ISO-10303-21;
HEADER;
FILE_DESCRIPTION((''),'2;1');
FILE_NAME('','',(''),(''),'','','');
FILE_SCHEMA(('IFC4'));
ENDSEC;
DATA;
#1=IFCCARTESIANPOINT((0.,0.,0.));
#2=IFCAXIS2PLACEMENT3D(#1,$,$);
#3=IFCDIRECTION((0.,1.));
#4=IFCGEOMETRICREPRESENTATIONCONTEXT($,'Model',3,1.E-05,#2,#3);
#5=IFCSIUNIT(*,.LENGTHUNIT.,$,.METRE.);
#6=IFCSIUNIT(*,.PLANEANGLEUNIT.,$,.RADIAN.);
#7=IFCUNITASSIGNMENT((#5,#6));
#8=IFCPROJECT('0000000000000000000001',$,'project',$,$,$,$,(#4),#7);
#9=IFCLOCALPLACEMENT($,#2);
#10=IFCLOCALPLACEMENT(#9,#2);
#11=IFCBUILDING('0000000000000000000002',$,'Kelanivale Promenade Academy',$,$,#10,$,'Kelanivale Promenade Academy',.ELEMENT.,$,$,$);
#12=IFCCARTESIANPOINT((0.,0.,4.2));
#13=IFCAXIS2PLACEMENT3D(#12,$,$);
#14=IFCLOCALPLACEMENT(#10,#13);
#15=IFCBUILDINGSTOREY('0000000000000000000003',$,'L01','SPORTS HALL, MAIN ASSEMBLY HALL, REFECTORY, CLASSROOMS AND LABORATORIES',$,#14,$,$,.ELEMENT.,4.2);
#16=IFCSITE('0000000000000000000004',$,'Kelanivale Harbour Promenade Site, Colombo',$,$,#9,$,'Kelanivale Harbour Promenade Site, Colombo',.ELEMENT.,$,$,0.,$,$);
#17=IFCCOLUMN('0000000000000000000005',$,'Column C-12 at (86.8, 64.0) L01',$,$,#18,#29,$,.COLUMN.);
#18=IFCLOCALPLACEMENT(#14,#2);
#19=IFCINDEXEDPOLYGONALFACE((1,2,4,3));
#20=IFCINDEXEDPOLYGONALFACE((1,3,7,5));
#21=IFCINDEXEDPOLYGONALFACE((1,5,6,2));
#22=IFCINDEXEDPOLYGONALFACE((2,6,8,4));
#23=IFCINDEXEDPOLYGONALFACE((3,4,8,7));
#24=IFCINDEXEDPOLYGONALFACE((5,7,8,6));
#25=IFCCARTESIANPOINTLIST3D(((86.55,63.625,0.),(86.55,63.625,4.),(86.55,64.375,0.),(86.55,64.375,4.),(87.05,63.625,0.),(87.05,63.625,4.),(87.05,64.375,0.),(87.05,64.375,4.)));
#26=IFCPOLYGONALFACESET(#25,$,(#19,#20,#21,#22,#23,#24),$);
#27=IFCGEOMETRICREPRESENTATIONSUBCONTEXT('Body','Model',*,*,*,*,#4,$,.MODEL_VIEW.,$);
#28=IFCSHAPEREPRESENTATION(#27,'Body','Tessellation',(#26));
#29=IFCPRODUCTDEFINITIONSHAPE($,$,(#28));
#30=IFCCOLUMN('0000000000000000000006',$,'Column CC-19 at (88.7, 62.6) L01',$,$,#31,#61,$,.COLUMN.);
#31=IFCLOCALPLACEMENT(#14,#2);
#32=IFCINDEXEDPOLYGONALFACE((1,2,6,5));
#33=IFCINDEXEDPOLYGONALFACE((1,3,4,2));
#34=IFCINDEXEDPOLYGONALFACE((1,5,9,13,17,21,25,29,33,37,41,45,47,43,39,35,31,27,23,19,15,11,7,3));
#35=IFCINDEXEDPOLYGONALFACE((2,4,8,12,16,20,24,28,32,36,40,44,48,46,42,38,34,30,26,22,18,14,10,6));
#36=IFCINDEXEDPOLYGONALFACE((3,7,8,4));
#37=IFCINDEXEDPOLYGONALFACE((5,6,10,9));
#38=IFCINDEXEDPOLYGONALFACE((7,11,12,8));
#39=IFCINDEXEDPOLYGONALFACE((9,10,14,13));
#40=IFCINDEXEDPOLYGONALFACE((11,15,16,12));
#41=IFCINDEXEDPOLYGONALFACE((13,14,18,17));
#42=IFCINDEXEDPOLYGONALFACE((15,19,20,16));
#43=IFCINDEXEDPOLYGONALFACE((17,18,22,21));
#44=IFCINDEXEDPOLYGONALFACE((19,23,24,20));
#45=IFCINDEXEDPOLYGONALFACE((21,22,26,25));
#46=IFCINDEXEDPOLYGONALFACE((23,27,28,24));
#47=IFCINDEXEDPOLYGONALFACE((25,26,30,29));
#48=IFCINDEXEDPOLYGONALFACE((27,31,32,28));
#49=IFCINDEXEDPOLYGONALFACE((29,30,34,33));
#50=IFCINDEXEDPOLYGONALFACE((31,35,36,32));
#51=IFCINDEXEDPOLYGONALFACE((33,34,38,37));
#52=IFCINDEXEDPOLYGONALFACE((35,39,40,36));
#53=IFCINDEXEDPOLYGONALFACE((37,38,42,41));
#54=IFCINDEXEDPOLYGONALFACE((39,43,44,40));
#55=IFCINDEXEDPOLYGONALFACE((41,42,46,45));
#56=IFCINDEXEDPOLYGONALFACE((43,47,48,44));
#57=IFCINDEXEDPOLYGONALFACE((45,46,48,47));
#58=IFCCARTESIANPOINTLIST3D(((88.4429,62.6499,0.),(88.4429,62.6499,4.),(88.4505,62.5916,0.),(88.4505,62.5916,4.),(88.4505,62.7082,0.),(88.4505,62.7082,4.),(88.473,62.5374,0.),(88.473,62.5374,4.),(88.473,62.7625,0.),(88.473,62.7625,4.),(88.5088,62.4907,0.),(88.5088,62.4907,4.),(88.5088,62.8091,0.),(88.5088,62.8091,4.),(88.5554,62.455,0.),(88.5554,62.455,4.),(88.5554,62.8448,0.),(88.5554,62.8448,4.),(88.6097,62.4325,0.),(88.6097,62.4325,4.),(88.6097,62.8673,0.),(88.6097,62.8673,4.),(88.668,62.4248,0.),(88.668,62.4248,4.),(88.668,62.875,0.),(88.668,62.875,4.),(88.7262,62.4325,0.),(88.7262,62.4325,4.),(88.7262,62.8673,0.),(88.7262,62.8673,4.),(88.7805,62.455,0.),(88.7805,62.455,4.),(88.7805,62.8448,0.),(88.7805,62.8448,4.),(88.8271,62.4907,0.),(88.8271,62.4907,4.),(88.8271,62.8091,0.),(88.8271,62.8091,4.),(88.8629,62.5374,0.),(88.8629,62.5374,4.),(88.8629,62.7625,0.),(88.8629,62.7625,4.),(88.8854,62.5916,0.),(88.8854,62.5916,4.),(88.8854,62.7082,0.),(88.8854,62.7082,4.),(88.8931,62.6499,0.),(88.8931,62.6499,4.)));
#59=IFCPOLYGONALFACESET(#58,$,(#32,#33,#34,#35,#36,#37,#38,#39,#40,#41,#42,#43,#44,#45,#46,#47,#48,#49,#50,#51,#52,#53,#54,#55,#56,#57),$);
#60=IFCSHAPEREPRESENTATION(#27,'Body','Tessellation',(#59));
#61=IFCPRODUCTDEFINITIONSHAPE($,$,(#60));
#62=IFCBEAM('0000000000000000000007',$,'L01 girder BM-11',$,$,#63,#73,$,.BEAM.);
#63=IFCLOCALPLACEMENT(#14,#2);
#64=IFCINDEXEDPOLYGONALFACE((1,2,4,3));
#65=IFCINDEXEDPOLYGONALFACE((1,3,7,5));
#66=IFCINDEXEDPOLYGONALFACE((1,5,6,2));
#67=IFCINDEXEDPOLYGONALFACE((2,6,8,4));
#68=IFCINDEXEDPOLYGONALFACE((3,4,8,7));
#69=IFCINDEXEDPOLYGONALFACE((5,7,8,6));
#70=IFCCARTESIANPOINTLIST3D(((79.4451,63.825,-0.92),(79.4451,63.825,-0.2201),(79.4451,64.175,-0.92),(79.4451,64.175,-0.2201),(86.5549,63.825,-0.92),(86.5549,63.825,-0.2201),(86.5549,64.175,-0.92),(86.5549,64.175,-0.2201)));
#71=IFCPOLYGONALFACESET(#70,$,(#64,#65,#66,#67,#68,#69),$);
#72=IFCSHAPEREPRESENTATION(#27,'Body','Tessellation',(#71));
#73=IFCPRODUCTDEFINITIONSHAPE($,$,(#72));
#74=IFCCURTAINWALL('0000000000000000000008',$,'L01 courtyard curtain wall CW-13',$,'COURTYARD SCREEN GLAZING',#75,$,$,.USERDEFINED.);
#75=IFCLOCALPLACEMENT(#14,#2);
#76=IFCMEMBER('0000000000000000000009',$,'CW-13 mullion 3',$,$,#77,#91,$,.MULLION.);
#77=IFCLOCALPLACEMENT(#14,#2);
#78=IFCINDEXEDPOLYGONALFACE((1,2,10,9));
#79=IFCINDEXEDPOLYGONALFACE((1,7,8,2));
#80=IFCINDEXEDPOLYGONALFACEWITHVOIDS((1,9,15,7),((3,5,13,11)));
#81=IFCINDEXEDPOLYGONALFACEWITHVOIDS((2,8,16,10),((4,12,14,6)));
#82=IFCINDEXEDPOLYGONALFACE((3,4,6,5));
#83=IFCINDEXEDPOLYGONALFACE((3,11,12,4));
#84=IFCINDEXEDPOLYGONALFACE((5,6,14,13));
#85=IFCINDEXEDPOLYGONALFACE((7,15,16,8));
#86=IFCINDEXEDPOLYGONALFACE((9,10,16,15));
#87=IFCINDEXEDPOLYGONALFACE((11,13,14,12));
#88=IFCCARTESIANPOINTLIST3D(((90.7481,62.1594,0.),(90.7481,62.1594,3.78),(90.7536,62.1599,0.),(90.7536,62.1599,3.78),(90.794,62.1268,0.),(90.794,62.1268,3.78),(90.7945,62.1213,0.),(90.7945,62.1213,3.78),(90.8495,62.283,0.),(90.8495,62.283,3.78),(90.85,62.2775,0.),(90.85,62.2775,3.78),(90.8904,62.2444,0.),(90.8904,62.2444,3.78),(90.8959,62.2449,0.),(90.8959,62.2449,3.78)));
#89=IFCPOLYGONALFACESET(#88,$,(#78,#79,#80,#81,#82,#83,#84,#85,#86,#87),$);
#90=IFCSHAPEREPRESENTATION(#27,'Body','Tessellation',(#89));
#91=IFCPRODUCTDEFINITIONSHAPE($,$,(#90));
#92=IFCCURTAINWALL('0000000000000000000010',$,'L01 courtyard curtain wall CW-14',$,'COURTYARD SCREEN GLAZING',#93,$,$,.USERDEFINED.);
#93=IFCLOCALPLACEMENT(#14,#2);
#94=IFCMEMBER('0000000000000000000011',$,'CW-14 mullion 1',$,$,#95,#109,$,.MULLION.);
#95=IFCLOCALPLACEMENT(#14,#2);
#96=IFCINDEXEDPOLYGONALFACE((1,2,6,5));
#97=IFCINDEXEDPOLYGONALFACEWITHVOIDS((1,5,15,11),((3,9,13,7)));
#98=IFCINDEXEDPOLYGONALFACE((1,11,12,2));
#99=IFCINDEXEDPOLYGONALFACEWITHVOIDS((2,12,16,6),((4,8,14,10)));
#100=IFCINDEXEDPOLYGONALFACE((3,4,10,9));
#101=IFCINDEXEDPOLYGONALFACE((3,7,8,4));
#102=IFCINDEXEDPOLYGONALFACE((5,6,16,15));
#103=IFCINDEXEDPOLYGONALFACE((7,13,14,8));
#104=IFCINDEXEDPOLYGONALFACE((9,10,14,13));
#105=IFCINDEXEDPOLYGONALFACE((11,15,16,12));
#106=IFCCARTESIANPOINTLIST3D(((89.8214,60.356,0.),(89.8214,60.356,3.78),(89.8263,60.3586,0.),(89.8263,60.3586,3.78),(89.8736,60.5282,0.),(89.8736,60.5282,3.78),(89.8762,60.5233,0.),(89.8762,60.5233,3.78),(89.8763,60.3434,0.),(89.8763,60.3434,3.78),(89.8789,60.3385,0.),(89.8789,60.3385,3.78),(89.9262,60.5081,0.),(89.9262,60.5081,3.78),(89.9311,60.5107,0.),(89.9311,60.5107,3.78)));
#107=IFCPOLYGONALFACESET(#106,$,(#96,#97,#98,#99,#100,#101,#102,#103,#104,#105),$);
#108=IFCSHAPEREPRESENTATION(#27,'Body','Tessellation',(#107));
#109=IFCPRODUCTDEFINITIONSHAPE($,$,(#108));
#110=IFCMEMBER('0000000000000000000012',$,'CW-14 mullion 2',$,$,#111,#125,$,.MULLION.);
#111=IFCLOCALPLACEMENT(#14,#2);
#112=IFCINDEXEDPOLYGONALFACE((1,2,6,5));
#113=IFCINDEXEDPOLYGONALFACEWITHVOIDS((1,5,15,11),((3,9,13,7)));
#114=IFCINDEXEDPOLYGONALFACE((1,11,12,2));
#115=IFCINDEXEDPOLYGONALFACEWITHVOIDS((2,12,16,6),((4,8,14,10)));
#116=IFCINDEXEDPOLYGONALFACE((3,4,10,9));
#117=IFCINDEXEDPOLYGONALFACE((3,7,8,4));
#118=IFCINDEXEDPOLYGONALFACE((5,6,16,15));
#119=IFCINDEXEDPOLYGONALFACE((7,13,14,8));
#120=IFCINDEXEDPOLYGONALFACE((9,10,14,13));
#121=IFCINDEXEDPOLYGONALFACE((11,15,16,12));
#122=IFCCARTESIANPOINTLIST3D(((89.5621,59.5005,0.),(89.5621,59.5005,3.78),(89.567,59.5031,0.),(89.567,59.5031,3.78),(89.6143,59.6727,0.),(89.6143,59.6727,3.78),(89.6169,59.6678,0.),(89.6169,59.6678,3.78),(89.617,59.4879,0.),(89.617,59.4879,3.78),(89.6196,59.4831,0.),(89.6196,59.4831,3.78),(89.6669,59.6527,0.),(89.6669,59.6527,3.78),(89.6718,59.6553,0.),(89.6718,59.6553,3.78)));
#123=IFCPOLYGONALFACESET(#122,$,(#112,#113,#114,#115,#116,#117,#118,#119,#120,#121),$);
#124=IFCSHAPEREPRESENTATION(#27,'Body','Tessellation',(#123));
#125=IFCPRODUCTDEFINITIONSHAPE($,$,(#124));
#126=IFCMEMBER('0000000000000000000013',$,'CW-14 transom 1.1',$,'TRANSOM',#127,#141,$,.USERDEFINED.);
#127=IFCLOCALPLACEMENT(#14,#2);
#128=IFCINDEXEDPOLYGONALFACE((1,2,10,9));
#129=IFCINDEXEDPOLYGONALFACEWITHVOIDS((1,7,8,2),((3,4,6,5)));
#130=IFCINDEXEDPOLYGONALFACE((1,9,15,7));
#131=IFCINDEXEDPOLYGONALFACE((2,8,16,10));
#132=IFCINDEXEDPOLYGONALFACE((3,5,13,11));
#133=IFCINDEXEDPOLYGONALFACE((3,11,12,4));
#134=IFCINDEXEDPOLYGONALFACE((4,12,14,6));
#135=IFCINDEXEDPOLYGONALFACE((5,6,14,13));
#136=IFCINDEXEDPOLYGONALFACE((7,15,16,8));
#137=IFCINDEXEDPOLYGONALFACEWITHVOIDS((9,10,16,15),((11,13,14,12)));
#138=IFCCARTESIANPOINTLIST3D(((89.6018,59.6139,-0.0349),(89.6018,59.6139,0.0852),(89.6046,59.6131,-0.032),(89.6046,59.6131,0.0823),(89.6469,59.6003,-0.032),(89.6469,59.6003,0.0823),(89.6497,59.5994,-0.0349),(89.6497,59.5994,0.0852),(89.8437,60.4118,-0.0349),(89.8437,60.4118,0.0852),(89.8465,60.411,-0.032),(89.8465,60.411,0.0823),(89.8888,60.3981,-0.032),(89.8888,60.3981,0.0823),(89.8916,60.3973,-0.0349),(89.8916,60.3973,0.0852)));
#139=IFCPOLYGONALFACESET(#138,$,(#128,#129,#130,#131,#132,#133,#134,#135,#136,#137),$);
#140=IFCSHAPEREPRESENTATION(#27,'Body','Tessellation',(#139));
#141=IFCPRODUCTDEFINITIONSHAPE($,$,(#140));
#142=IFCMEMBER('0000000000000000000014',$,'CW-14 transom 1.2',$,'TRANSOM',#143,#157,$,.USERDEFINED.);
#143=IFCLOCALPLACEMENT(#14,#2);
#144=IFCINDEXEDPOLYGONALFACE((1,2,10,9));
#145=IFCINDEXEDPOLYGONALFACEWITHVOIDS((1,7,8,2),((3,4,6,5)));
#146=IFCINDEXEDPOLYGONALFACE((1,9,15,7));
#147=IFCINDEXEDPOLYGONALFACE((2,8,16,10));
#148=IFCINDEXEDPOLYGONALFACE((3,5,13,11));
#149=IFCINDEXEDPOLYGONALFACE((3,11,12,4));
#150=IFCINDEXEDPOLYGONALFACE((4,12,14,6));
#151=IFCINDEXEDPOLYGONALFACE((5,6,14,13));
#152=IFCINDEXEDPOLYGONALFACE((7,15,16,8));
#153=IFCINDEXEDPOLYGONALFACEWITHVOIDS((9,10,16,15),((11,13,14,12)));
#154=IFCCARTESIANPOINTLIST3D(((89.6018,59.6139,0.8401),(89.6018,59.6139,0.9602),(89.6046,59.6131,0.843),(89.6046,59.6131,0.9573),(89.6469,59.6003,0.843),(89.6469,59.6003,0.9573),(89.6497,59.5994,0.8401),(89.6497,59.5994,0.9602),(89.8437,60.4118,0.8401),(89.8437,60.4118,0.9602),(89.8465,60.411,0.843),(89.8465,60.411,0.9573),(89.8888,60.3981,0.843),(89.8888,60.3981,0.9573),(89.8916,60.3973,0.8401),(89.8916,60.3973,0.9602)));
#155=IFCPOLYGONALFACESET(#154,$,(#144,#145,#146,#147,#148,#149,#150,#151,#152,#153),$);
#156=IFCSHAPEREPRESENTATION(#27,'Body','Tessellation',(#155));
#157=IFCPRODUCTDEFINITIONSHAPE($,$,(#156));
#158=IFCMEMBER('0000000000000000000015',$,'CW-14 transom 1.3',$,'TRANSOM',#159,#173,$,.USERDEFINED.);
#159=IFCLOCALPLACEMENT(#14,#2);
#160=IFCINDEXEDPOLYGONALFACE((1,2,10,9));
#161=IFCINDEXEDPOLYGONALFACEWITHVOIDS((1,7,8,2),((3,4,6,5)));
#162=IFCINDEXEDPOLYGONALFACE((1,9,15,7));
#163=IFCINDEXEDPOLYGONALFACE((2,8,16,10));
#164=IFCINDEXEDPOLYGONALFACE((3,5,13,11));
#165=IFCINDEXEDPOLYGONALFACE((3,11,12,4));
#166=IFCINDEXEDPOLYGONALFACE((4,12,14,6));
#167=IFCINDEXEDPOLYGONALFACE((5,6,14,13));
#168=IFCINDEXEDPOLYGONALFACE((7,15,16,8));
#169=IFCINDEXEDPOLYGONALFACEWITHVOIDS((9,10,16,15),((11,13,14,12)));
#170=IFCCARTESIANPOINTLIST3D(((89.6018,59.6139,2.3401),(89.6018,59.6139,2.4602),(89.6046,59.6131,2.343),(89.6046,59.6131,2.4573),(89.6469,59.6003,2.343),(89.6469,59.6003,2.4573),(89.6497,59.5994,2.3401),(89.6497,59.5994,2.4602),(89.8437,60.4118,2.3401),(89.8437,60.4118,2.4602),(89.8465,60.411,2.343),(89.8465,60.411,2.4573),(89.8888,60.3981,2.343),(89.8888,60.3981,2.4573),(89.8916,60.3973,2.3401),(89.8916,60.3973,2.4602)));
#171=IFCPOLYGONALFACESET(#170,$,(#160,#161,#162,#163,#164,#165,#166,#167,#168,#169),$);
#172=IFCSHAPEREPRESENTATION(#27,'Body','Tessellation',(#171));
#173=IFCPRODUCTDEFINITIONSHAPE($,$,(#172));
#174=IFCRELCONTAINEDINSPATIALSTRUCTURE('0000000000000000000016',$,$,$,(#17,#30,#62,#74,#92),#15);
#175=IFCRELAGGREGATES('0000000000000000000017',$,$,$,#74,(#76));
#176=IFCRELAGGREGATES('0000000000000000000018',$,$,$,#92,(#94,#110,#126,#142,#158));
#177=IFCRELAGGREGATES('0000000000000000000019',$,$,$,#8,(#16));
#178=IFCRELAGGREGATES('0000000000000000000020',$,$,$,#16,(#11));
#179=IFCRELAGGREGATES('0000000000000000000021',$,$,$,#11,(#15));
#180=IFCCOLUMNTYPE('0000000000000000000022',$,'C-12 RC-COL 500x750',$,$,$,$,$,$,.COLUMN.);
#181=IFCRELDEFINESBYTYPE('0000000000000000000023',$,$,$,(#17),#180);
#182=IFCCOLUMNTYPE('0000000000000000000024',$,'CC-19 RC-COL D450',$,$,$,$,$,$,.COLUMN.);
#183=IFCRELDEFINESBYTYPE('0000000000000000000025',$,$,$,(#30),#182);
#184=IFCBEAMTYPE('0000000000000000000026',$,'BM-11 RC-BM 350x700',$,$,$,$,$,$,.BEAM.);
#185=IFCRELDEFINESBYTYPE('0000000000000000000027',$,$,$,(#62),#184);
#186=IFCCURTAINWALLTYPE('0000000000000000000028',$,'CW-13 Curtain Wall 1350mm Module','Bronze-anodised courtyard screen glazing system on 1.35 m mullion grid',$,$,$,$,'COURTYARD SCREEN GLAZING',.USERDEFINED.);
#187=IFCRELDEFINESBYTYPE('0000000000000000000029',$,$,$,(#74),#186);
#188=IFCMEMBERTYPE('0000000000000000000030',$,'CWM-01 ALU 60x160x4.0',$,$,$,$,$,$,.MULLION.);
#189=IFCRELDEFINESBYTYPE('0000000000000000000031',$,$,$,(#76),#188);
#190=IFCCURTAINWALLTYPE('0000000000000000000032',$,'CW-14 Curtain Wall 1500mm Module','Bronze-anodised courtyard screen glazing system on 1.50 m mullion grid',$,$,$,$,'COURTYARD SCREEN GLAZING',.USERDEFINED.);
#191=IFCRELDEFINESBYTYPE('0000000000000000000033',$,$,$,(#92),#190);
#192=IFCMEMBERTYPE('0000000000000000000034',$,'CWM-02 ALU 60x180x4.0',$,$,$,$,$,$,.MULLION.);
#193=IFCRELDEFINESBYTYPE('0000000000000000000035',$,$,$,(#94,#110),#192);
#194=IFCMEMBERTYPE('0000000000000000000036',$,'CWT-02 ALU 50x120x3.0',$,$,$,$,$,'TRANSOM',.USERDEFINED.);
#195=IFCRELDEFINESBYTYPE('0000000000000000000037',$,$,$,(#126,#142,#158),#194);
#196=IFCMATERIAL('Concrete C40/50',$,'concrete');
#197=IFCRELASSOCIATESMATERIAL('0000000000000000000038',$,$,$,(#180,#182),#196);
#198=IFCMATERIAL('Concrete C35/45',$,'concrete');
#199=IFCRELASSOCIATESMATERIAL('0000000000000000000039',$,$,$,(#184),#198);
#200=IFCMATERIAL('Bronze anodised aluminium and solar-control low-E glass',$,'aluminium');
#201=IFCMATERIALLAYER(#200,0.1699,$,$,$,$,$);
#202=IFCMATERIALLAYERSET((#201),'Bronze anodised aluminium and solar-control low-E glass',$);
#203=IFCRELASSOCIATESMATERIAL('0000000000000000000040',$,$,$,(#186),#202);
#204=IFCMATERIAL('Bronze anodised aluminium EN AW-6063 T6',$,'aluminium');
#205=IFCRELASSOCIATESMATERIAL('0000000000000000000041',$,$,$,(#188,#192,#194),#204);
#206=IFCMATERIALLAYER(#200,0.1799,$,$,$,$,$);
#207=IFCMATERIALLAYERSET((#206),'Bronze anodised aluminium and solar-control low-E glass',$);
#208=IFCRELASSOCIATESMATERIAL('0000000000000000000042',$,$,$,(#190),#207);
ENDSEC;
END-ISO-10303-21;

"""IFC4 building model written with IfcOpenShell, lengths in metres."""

from ifc_helpers import new_model, si_unit, direction, frame, origin, origin_2d, place, context, subcontext, project, spatial, rectangle, hollow_rectangle, circle, extrude, material, layer, layer_set, material_profile, profile_set, type_object, element, aggregate, save


model = new_model("IFC4")

# Units and contexts
model_context = context("Model", 3, precision=1e-05, world=origin(), true_north=direction((0.0, 1.0)))
body_context = subcontext(model_context, "Body", "Model", "MODEL_VIEW")
ifc_project = project(units=[si_unit("LENGTHUNIT", "METRE"), si_unit("PLANEANGLEUNIT", "RADIAN")], contexts=[model_context])

# Site, building, storey
site_placement = place(None, origin())
site = spatial("IfcSite", under=ifc_project, at=site_placement, Name="Kelanivale Harbour Promenade Site, Colombo", LongName="Kelanivale Harbour Promenade Site, Colombo", CompositionType="ELEMENT", RefElevation=0.0)
building_placement = place(site_placement, origin())
building = spatial("IfcBuilding", under=site, at=building_placement, Name="Kelanivale Promenade Academy", LongName="Kelanivale Promenade Academy", CompositionType="ELEMENT")
storey_placement = place(building_placement, frame((0.0, 0.0, 4.2)))
storey = spatial("IfcBuildingStorey", under=building, at=storey_placement, Name="L01", Description="SPORTS HALL, MAIN ASSEMBLY HALL, REFECTORY, CLASSROOMS AND LABORATORIES", CompositionType="ELEMENT", Elevation=4.2)

# Columns
ifc_material_1 = material(Name="Concrete C40/50", Category="concrete")
ifc_material_profile_1 = material_profile(ifc_material_1, rectangle(XDim=0.5, YDim=0.75, at=origin_2d()), Name="RC-COL 500x750")
ifc_profile_set_1 = profile_set([ifc_material_profile_1], Name="Concrete C40/50")
column_type_1 = type_object("IfcColumnType", Name="C-12 RC-COL 500x750", PredefinedType="COLUMN", material=ifc_profile_set_1)
column_1_placement = place(storey_placement, frame((86.8, 64.0, 0.0), z_axis=(0.0, 0.0, 1.0), x_axis=(1.0, 0.0, 0.0)))
element("IfcColumn", 1, at=column_1_placement, inside=storey, type_object=column_type_1, Name="Column C-12 at (86.8, 64.0) L01", PredefinedType="COLUMN", context=body_context, shape_type="SweptSolid", body=[
    extrude(rectangle(XDim=0.5, YDim=0.75, at=origin_2d()), origin(), (0.0, 0.0, 1.0), 4.0),
])
ifc_material_profile_2 = material_profile(ifc_material_1, circle(Radius=0.2251, at=origin_2d()), Name="RC-COL D450")
ifc_profile_set_2 = profile_set([ifc_material_profile_2], Name="Concrete C40/50")
column_type_2 = type_object("IfcColumnType", Name="CC-19 RC-COL D450", PredefinedType="COLUMN", material=ifc_profile_set_2)
column_2_placement = place(storey_placement, frame((88.668, 62.6499, 0.0), z_axis=(0.0, 0.0, 1.0), x_axis=(1.0, 0.0, 0.0)))
element("IfcColumn", 2, at=column_2_placement, inside=storey, type_object=column_type_2, Name="Column CC-19 at (88.7, 62.6) L01", PredefinedType="COLUMN", context=body_context, shape_type="SweptSolid", body=[
    extrude(circle(Radius=0.2251, at=origin_2d()), origin(), (0.0, 0.0, 1.0), 4.0),
])

# Beam
ifc_material_2 = material(Name="Concrete C35/45", Category="concrete")
ifc_material_profile_3 = material_profile(ifc_material_2, rectangle(XDim=0.3501, YDim=0.7, at=origin_2d()), Name="RC-BM 350x700")
ifc_profile_set_3 = profile_set([ifc_material_profile_3], Name="Concrete C35/45")
beam_type_1 = type_object("IfcBeamType", Name="BM-11 RC-BM 350x700", PredefinedType="BEAM", material=ifc_profile_set_3)
beam_1_placement = place(storey_placement, frame((79.4451, 64.0, -0.5701), z_axis=(1.0, 0.0, 0.0), x_axis=(0.0, 1.0, 0.0)))
element("IfcBeam", 3, at=beam_1_placement, inside=storey, type_object=beam_type_1, Name="L01 girder BM-11", PredefinedType="BEAM", context=body_context, shape_type="SweptSolid", body=[
    extrude(rectangle(XDim=0.3501, YDim=0.7, at=origin_2d()), origin(), (0.0, 0.0, 1.0), 7.1099),
])

# Curtain wall, member
ifc_material_3 = material(Name="Bronze anodised aluminium and solar-control low-E glass", Category="aluminium")
ifc_layer_1 = layer(ifc_material_3, 0.1699)
ifc_layer_set_1 = layer_set([ifc_layer_1], Name="Bronze anodised aluminium and solar-control low-E glass")
curtain_wall_type_1 = type_object("IfcCurtainWallType", Name="CW-13 Curtain Wall 1350mm Module", Description="Bronze-anodised courtyard screen glazing system on 1.35 m mullion grid", ElementType="COURTYARD SCREEN GLAZING", PredefinedType="USERDEFINED", material=ifc_layer_set_1)
curtain_wall_1_placement = place(storey_placement, origin())
curtain_wall_1 = element("IfcCurtainWall", 4, at=curtain_wall_1_placement, inside=storey, type_object=curtain_wall_type_1, Name="L01 courtyard curtain wall CW-13", ObjectType="COURTYARD SCREEN GLAZING", PredefinedType="USERDEFINED")
ifc_material_4 = material(Name="Bronze anodised aluminium EN AW-6063 T6", Category="aluminium")
ifc_material_profile_4 = material_profile(ifc_material_4, hollow_rectangle(XDim=0.0601, YDim=0.1599, WallThickness=0.0039, at=origin_2d()), Name="ALU 60x160x4.0")
ifc_profile_set_4 = profile_set([ifc_material_profile_4], Name="Bronze anodised aluminium EN AW-6063 T6")
member_type_1 = type_object("IfcMemberType", Name="CWM-01 ALU 60x160x4.0", PredefinedType="MULLION", material=ifc_profile_set_4)
member_1_placement = place(storey_placement, frame((90.822, 62.2021, 0.0), z_axis=(0.0, 0.0, 1.0), x_axis=(0.773257, -0.634093, 0.0)))
member_1 = element("IfcMember", 5, at=member_1_placement, type_object=member_type_1, Name="CW-13 mullion 3", PredefinedType="MULLION", context=body_context, shape_type="SweptSolid", body=[
    extrude(hollow_rectangle(XDim=0.0601, YDim=0.1599, WallThickness=0.0039, at=origin_2d()), origin(), (0.0, 0.0, 1.0), 3.78),
])

# Curtain wall, members
ifc_layer_2 = layer(ifc_material_3, 0.1799)
ifc_layer_set_2 = layer_set([ifc_layer_2], Name="Bronze anodised aluminium and solar-control low-E glass")
curtain_wall_type_2 = type_object("IfcCurtainWallType", Name="CW-14 Curtain Wall 1500mm Module", Description="Bronze-anodised courtyard screen glazing system on 1.50 m mullion grid", ElementType="COURTYARD SCREEN GLAZING", PredefinedType="USERDEFINED", material=ifc_layer_set_2)
curtain_wall_2_placement = place(storey_placement, origin())
curtain_wall_2 = element("IfcCurtainWall", 6, at=curtain_wall_2_placement, inside=storey, type_object=curtain_wall_type_2, Name="L01 courtyard curtain wall CW-14", ObjectType="COURTYARD SCREEN GLAZING", PredefinedType="USERDEFINED")
ifc_material_profile_5 = material_profile(ifc_material_4, hollow_rectangle(XDim=0.0601, YDim=0.1799, WallThickness=0.0039, at=origin_2d()), Name="ALU 60x180x4.0")
ifc_profile_set_5 = profile_set([ifc_material_profile_5], Name="Bronze anodised aluminium EN AW-6063 T6")
member_type_2 = type_object("IfcMemberType", Name="CWM-02 ALU 60x180x4.0", PredefinedType="MULLION", material=ifc_profile_set_5)
member_2_placement = place(storey_placement, frame((89.8762, 60.4333, 0.0), z_axis=(0.0, 0.0, 1.0), x_axis=(0.956988, -0.290128, 0.0)))
member_2 = element("IfcMember", 7, at=member_2_placement, type_object=member_type_2, Name="CW-14 mullion 1", PredefinedType="MULLION", context=body_context, shape_type="SweptSolid", body=[
    extrude(hollow_rectangle(XDim=0.0601, YDim=0.1799, WallThickness=0.0039, at=origin_2d()), origin(), (0.0, 0.0, 1.0), 3.78),
])
member_3_placement = place(storey_placement, frame((89.6169, 59.5779, 0.0), z_axis=(0.0, 0.0, 1.0), x_axis=(0.956988, -0.290128, 0.0)))
member_3 = element("IfcMember", 8, at=member_3_placement, type_object=member_type_2, Name="CW-14 mullion 2", PredefinedType="MULLION", context=body_context, shape_type="SweptSolid", body=[
    extrude(hollow_rectangle(XDim=0.0601, YDim=0.1799, WallThickness=0.0039, at=origin_2d()), origin(), (0.0, 0.0, 1.0), 3.78),
])
ifc_material_profile_6 = material_profile(ifc_material_4, hollow_rectangle(XDim=0.05, YDim=0.1201, WallThickness=0.0029, at=origin_2d()), Name="ALU 50x120x3.0")
ifc_profile_set_6 = profile_set([ifc_material_profile_6], Name="Bronze anodised aluminium EN AW-6063 T6")
member_type_3 = type_object("IfcMemberType", Name="CWT-02 ALU 50x120x3.0", ElementType="TRANSOM", PredefinedType="USERDEFINED", material=ifc_profile_set_6)
member_4_placement = place(storey_placement, frame((89.8677, 60.4045, 0.0251), z_axis=(-0.290194, -0.956968, 0.0), x_axis=(0.956968, -0.290194, 0.0)))
member_4 = element("IfcMember", 9, at=member_4_placement, type_object=member_type_3, Name="CW-14 transom 1.1", ObjectType="TRANSOM", PredefinedType="USERDEFINED", context=body_context, shape_type="SweptSolid", body=[
    extrude(hollow_rectangle(XDim=0.05, YDim=0.1201, WallThickness=0.0029, at=origin_2d()), origin(), (0.0, 0.0, 1.0), 0.8337),
])
member_5_placement = place(storey_placement, frame((89.8677, 60.4045, 0.9001), z_axis=(-0.290194, -0.956968, 0.0), x_axis=(0.956968, -0.290194, 0.0)))
member_5 = element("IfcMember", 10, at=member_5_placement, type_object=member_type_3, Name="CW-14 transom 1.2", ObjectType="TRANSOM", PredefinedType="USERDEFINED", context=body_context, shape_type="SweptSolid", body=[
    extrude(hollow_rectangle(XDim=0.05, YDim=0.1201, WallThickness=0.0029, at=origin_2d()), origin(), (0.0, 0.0, 1.0), 0.8337),
])
member_6_placement = place(storey_placement, frame((89.8677, 60.4045, 2.4001), z_axis=(-0.290194, -0.956968, 0.0), x_axis=(0.956968, -0.290194, 0.0)))
member_6 = element("IfcMember", 11, at=member_6_placement, type_object=member_type_3, Name="CW-14 transom 1.3", ObjectType="TRANSOM", PredefinedType="USERDEFINED", context=body_context, shape_type="SweptSolid", body=[
    extrude(hollow_rectangle(XDim=0.05, YDim=0.1201, WallThickness=0.0029, at=origin_2d()), origin(), (0.0, 0.0, 1.0), 0.8337),
])

aggregate(curtain_wall_1, [member_1])
aggregate(curtain_wall_2, [member_2, member_3, member_4, member_5, member_6])

save(model, "model.ifc")
